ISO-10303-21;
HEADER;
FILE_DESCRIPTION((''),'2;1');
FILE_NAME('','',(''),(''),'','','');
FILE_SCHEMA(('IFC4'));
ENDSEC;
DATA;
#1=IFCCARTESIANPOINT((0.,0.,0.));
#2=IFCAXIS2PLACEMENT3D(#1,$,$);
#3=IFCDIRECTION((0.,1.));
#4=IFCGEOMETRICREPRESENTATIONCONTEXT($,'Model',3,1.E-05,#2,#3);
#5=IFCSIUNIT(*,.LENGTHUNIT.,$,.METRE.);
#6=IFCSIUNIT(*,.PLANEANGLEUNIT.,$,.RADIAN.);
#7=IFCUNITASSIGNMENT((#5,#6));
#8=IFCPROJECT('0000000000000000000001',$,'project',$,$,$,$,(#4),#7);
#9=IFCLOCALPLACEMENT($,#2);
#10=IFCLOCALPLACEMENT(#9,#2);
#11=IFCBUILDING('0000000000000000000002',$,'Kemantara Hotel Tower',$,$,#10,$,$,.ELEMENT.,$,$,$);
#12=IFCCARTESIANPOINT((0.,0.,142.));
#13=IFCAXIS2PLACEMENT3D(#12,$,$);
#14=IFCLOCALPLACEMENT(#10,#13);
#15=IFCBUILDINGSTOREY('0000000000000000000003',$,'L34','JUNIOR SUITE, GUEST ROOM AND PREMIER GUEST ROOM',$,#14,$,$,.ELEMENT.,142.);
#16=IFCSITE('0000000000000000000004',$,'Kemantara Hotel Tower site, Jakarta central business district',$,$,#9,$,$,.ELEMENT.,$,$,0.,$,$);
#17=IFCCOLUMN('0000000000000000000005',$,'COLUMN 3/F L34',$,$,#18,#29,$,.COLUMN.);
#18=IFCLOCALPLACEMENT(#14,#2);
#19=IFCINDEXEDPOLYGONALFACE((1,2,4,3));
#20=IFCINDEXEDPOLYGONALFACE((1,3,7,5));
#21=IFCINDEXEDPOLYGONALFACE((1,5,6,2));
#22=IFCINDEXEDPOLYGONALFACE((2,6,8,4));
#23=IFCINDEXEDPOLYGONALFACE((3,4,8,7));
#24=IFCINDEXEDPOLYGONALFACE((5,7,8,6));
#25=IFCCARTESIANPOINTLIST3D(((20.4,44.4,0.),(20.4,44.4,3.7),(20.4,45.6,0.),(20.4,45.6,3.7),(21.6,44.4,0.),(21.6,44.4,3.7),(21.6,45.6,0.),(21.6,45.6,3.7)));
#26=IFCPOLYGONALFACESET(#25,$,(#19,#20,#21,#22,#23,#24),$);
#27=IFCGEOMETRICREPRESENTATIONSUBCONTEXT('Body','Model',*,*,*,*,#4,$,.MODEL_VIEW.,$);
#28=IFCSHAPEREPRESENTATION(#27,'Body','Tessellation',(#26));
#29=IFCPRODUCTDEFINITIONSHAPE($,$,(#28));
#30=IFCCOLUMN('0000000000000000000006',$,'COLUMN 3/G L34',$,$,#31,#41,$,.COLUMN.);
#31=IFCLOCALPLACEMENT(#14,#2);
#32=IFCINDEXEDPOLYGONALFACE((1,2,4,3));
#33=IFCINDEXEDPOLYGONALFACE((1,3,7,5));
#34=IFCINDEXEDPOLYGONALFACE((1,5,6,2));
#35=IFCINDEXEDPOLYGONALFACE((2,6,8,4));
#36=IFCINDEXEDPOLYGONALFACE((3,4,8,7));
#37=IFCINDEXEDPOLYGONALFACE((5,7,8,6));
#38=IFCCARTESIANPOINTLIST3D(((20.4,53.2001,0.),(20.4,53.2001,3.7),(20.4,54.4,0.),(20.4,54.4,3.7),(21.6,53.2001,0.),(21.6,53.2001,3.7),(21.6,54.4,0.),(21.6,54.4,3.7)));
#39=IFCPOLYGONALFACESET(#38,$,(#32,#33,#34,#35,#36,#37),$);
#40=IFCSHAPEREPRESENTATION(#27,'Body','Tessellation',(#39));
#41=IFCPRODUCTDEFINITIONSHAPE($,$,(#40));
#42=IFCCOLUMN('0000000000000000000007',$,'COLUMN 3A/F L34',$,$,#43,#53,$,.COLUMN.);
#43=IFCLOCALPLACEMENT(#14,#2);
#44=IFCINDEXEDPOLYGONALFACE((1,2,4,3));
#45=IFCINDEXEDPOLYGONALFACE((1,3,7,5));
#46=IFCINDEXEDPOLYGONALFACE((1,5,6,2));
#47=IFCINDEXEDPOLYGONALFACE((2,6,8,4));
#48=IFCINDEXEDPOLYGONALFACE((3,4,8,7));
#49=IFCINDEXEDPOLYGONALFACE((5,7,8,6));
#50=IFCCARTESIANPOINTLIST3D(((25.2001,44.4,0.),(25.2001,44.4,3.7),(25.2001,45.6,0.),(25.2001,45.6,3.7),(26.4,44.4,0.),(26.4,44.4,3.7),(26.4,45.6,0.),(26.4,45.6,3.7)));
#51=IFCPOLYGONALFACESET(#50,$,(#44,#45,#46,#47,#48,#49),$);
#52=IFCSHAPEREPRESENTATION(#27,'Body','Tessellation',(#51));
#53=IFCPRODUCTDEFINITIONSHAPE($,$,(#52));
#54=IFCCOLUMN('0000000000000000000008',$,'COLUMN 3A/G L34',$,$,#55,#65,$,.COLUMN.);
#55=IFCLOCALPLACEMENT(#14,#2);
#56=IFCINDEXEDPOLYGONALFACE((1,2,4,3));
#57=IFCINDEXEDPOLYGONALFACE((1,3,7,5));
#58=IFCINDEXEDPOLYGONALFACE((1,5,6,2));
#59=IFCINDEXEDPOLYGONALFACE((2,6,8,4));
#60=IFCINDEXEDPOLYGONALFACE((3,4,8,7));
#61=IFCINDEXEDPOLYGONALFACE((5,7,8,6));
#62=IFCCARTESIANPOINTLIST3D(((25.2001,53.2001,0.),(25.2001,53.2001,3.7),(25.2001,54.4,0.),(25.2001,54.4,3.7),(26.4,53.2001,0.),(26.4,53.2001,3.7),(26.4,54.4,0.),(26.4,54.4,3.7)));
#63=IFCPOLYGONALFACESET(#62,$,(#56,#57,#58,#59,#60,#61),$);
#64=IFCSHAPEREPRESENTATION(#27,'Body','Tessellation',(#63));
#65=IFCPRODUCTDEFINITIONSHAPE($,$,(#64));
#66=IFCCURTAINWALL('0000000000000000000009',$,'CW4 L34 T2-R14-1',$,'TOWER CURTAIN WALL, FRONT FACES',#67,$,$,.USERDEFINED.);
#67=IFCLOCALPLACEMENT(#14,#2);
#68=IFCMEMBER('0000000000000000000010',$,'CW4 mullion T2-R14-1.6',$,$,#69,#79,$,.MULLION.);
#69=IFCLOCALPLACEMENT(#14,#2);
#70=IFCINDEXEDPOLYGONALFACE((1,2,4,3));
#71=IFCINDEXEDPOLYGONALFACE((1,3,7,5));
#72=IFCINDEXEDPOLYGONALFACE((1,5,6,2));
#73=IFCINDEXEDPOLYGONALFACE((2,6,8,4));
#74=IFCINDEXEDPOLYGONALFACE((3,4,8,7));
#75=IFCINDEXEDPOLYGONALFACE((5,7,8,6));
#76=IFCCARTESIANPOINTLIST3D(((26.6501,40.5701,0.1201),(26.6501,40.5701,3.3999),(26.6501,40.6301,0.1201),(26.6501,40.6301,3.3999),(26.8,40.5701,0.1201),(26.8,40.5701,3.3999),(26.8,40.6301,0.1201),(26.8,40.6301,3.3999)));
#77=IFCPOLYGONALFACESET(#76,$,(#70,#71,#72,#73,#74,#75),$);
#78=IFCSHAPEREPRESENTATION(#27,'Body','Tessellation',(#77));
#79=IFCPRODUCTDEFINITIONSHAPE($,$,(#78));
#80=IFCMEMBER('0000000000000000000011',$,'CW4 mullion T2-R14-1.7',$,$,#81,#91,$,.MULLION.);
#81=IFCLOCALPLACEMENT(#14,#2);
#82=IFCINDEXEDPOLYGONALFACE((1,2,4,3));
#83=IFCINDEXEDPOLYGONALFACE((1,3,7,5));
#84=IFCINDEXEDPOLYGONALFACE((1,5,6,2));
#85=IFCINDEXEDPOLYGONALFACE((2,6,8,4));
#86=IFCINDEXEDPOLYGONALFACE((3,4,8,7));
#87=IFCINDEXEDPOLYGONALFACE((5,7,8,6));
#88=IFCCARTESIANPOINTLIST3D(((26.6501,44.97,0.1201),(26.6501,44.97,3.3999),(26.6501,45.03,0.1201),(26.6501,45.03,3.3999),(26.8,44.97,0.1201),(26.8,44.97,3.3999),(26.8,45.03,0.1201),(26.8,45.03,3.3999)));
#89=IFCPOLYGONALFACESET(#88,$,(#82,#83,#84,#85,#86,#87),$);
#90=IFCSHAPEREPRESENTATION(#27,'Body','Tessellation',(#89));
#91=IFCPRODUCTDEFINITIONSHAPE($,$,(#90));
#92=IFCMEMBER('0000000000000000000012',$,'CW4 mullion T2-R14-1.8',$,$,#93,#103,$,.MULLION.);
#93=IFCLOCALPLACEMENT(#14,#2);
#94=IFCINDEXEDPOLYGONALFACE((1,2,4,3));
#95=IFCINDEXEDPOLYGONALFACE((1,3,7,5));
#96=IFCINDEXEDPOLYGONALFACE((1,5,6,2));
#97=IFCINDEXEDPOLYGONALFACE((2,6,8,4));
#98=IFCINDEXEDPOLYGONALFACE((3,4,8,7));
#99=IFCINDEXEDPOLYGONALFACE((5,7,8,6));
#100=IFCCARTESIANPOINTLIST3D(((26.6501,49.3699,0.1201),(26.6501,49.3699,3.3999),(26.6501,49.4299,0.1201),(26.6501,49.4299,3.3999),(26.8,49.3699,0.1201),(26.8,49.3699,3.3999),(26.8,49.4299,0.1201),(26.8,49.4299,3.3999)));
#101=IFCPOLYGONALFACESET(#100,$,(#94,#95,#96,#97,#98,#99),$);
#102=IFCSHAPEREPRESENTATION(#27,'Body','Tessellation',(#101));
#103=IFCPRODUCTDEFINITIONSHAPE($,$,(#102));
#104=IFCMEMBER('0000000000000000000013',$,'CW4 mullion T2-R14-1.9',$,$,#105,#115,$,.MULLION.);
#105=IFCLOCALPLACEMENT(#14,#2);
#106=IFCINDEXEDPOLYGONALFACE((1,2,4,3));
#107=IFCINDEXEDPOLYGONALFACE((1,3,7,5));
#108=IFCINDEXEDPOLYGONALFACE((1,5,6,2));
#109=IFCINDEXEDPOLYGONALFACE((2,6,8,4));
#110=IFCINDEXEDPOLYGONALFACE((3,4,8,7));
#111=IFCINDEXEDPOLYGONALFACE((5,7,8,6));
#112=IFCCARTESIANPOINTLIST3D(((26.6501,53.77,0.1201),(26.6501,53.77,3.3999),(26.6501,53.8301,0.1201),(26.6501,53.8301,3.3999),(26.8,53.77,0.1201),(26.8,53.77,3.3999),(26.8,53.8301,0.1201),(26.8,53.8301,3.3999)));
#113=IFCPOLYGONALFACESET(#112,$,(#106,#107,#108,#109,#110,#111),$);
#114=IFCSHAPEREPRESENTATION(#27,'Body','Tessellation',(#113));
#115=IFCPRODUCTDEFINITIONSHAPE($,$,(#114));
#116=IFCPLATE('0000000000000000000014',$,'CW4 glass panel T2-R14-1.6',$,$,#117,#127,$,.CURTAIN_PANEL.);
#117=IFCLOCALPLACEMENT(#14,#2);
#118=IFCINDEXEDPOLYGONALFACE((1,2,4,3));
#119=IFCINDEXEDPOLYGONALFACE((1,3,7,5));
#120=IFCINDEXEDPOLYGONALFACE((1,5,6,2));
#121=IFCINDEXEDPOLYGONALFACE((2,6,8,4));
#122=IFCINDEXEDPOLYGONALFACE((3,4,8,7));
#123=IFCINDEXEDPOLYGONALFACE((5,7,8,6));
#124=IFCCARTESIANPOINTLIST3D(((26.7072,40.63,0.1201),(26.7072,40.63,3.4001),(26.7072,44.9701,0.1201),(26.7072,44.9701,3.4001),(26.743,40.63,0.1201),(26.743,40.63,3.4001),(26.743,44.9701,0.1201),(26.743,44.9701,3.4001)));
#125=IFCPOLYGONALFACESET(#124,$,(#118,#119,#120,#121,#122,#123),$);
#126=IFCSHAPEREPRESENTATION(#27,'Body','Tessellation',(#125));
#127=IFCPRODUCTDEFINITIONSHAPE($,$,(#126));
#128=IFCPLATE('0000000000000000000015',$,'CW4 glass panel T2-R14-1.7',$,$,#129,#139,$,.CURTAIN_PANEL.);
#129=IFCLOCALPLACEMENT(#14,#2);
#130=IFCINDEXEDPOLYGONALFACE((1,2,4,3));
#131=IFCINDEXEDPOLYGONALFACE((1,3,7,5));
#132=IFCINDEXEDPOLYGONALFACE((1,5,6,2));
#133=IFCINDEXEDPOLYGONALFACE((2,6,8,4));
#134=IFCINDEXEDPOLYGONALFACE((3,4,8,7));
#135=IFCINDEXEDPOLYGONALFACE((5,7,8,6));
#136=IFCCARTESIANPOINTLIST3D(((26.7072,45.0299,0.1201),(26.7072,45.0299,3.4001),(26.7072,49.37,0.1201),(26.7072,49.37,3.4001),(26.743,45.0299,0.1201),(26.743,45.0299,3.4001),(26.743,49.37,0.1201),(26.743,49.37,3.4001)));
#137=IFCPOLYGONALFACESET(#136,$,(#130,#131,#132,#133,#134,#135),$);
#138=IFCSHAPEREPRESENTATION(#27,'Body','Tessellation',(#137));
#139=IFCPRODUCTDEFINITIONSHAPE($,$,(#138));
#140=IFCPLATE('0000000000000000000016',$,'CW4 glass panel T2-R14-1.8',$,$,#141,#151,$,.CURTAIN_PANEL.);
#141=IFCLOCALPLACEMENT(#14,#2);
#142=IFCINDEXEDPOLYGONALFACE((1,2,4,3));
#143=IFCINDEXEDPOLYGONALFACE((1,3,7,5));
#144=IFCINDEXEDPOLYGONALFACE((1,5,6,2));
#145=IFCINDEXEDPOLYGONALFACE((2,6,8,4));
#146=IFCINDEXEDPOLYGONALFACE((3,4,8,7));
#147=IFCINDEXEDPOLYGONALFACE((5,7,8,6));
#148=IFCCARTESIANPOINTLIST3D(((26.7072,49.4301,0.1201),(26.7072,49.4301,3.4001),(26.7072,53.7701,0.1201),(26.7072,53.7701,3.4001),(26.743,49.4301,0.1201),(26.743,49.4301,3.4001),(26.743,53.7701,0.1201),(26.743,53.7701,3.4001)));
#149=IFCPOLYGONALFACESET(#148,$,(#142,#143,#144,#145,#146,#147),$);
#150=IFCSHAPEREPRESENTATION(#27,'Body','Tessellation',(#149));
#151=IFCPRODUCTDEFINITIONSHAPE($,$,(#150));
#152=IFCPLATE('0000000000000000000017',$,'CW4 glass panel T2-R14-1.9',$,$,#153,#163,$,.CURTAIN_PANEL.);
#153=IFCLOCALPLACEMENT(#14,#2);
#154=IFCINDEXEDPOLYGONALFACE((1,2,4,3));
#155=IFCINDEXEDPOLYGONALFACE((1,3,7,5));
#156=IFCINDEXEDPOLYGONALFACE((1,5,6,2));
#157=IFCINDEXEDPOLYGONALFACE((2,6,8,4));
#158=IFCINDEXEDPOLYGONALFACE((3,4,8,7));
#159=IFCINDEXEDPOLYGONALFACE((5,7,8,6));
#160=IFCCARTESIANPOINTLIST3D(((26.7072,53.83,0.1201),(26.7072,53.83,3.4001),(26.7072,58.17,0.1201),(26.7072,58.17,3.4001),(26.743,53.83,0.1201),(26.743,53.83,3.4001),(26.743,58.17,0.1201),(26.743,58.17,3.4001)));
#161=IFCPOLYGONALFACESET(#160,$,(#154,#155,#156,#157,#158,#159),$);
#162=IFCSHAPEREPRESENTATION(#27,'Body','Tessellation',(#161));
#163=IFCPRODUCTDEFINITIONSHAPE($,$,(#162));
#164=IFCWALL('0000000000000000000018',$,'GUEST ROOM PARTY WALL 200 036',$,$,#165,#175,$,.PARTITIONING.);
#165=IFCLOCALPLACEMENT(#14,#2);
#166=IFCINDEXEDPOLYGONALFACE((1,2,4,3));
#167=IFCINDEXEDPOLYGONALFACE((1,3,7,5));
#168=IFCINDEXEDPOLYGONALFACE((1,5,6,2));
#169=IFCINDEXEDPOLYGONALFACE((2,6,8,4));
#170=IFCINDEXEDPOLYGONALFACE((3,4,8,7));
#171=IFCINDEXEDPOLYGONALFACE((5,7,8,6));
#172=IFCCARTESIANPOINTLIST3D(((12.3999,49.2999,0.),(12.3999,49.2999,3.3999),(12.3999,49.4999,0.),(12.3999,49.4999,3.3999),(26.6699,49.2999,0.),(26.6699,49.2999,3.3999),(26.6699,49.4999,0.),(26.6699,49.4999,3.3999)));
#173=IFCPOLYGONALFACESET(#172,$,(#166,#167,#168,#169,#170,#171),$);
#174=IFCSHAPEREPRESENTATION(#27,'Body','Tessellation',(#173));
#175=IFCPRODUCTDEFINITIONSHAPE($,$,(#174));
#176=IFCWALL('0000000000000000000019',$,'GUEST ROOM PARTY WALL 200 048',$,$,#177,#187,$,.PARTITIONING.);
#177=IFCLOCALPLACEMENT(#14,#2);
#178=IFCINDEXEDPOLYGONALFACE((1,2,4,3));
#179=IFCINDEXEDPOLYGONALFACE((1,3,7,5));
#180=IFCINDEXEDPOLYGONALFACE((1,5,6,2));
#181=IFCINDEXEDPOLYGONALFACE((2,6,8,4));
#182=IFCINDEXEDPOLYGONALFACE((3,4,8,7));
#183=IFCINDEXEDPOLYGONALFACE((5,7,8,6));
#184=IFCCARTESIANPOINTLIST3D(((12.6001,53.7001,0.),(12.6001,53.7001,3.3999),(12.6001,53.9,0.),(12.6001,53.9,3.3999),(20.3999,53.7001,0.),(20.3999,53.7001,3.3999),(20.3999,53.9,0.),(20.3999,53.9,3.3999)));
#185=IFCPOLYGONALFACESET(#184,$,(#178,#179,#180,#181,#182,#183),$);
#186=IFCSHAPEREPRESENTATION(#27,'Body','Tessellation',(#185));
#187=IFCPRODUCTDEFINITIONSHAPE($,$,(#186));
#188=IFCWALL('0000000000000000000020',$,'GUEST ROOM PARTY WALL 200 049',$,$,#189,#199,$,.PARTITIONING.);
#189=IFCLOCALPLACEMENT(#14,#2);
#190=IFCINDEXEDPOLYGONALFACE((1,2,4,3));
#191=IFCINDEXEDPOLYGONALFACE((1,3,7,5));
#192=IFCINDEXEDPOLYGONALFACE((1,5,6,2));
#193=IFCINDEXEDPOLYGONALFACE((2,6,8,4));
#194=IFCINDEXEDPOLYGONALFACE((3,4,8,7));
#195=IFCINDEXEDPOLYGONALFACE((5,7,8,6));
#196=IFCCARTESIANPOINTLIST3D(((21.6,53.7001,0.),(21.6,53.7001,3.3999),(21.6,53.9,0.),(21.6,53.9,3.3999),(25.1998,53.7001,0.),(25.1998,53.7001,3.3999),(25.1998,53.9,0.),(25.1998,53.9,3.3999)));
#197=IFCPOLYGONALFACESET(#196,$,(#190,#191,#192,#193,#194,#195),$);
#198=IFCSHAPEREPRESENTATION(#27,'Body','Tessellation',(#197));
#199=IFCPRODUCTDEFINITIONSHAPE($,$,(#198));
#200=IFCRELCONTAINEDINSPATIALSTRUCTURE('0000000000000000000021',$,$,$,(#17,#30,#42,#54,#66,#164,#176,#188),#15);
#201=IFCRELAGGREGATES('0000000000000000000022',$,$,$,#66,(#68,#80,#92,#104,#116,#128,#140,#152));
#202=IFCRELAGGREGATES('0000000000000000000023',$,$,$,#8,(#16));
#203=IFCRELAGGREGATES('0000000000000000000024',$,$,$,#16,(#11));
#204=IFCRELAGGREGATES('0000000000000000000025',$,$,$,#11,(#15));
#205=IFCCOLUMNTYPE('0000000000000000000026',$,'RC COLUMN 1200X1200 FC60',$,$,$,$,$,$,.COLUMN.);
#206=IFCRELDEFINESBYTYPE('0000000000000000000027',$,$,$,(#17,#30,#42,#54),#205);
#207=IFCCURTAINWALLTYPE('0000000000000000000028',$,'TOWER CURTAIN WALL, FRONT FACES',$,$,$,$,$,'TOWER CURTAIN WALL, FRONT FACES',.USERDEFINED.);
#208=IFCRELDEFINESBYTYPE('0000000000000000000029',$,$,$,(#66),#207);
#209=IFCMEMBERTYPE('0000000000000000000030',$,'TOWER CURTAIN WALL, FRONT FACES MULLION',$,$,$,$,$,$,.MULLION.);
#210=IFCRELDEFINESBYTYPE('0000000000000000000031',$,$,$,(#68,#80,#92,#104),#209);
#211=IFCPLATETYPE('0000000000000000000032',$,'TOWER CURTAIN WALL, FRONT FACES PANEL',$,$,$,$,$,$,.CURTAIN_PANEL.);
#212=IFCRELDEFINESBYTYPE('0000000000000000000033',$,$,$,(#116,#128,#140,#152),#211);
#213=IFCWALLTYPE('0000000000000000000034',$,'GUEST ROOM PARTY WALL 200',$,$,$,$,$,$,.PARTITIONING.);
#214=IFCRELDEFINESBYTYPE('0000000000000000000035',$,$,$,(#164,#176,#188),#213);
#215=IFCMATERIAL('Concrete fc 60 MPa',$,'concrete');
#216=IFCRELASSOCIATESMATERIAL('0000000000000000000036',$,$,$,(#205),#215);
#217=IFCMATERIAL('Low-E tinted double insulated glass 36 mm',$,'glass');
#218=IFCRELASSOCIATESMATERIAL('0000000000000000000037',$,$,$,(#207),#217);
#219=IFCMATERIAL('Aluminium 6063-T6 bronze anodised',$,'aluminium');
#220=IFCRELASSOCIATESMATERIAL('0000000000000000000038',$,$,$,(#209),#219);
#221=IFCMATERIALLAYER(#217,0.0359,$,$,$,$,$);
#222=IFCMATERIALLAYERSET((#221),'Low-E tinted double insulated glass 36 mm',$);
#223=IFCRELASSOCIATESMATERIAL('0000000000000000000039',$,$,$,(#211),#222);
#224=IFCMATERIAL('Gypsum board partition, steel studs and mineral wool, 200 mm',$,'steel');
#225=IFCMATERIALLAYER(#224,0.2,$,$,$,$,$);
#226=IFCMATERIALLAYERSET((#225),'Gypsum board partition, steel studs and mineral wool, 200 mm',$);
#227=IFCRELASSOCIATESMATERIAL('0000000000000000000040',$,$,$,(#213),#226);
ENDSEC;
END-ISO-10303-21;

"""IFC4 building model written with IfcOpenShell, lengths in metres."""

from ifc_helpers import new_model, si_unit, direction, frame, frame_2d, origin, origin_2d, place, context, subcontext, project, spatial, rectangle, extrude, source, transform, mapped, material, layer, layer_set, material_profile, profile_set, type_object, element, aggregate, save


model = new_model("IFC4")

# Units and contexts
model_context = context("Model", 3, precision=1e-05, world=origin(), true_north=direction((0.0, 1.0)))
body_context = subcontext(model_context, "Body", "Model", "MODEL_VIEW")
ifc_project = project(units=[si_unit("LENGTHUNIT", "METRE"), si_unit("PLANEANGLEUNIT", "RADIAN")], contexts=[model_context])

# Site, building, storey
site_placement = place(None, origin())
site = spatial("IfcSite", under=ifc_project, at=site_placement, Name="Kemantara Hotel Tower site, Jakarta central business district", CompositionType="ELEMENT", RefElevation=0.0)
building_placement = place(site_placement, origin())
building = spatial("IfcBuilding", under=site, at=building_placement, Name="Kemantara Hotel Tower", CompositionType="ELEMENT")
storey_placement = place(building_placement, frame((0.0, 0.0, 142.0)))
storey = spatial("IfcBuildingStorey", under=building, at=storey_placement, Name="L34", Description="JUNIOR SUITE, GUEST ROOM AND PREMIER GUEST ROOM", CompositionType="ELEMENT", Elevation=142.0)

# Columns
ifc_material_1 = material(Name="Concrete fc 60 MPa", Category="concrete")
ifc_material_profile_1 = material_profile(ifc_material_1, rectangle(XDim=1.2, YDim=1.2, at=origin_2d()), Name="RC 1200X1200")
ifc_profile_set_1 = profile_set([ifc_material_profile_1], Name="Concrete fc 60 MPa")
column_type = type_object("IfcColumnType", Name="RC COLUMN 1200X1200 FC60", PredefinedType="COLUMN", material=ifc_profile_set_1)
for number, where, z_axis, x_axis, name in (
    (1, (21.0, 45.0, 0.0), (0.0, 0.0, 1.0), (1.0, 0.0, 0.0), "COLUMN 3/F L34"),
    (2, (21.0, 53.8, 0.0), (0.0, 0.0, 1.0), (1.0, 0.0, 0.0), "COLUMN 3/G L34"),
    (3, (25.8, 45.0, 0.0), (0.0, 0.0, 1.0), (1.0, 0.0, 0.0), "COLUMN 3A/F L34"),
    (4, (25.8, 53.8, 0.0), (0.0, 0.0, 1.0), (1.0, 0.0, 0.0), "COLUMN 3A/G L34"),
):
    element("IfcColumn", number, at=place(storey_placement, frame(where, z_axis=z_axis, x_axis=x_axis)), inside=storey, type_object=column_type, Name=name, PredefinedType="COLUMN", context=body_context, shape_type="SweptSolid", body=[
        extrude(rectangle(XDim=1.2, YDim=1.2, at=origin_2d()), origin(), (0.0, 0.0, 1.0), 3.7),
    ])

# Curtain wall, members, plates
ifc_material_2 = material(Name="Low-E tinted double insulated glass 36 mm", Category="glass")
curtain_wall_type = type_object("IfcCurtainWallType", Name="TOWER CURTAIN WALL, FRONT FACES", ElementType="TOWER CURTAIN WALL, FRONT FACES", PredefinedType="USERDEFINED", material=ifc_material_2)
curtain_wall_placement = place(storey_placement, origin())
curtain_wall = element("IfcCurtainWall", 5, at=curtain_wall_placement, inside=storey, type_object=curtain_wall_type, Name="CW4 L34 T2-R14-1", ObjectType="TOWER CURTAIN WALL, FRONT FACES", PredefinedType="USERDEFINED")
ifc_material_3 = material(Name="Aluminium 6063-T6 bronze anodised", Category="aluminium")
ifc_material_profile_2 = material_profile(ifc_material_3, rectangle(XDim=0.1499, YDim=0.0601, at=origin_2d()), Name="TOWER CURTAIN WALL, FRONT FACES MULLION")
ifc_profile_set_2 = profile_set([ifc_material_profile_2], Name="Aluminium 6063-T6 bronze anodised")
member_type = type_object("IfcMemberType", Name="TOWER CURTAIN WALL, FRONT FACES MULLION", PredefinedType="MULLION", material=ifc_profile_set_2)
shared_shape_1 = source(origin(), body_context, "Body", "SweptSolid", [
    extrude(rectangle(XDim=0.1499, YDim=0.0601, at=origin_2d()), origin(), (0.0, 0.0, 1.0), 3.2798),
])
member_1_placement = place(storey_placement, frame((26.7251, 40.6001, 0.1201), z_axis=(0.0, 0.0, 1.0), x_axis=(-1.0, 0.0, 0.0)))
member_1 = element("IfcMember", 6, at=member_1_placement, type_object=member_type, Name="CW4 mullion T2-R14-1.6", PredefinedType="MULLION", context=body_context, shape_type="MappedRepresentation", body=[
    mapped(shared_shape_1, transform((0.0, 0.0, 0.0))),
])
member_2_placement = place(storey_placement, frame((26.7251, 45.0, 0.1201), z_axis=(0.0, 0.0, 1.0), x_axis=(-1.0, 0.0, 0.0)))
member_2 = element("IfcMember", 7, at=member_2_placement, type_object=member_type, Name="CW4 mullion T2-R14-1.7", PredefinedType="MULLION", context=body_context, shape_type="MappedRepresentation", body=[
    mapped(shared_shape_1, transform((0.0, 0.0, 0.0))),
])
member_3_placement = place(storey_placement, frame((26.7251, 49.3999, 0.1201), z_axis=(0.0, 0.0, 1.0), x_axis=(-1.0, 0.0, 0.0)))
member_3 = element("IfcMember", 8, at=member_3_placement, type_object=member_type, Name="CW4 mullion T2-R14-1.8", PredefinedType="MULLION", context=body_context, shape_type="MappedRepresentation", body=[
    mapped(shared_shape_1, transform((0.0, 0.0, 0.0))),
])
member_4_placement = place(storey_placement, frame((26.7251, 53.8, 0.1201), z_axis=(0.0, 0.0, 1.0), x_axis=(-1.0, 0.0, 0.0)))
member_4 = element("IfcMember", 9, at=member_4_placement, type_object=member_type, Name="CW4 mullion T2-R14-1.9", PredefinedType="MULLION", context=body_context, shape_type="MappedRepresentation", body=[
    mapped(shared_shape_1, transform((0.0, 0.0, 0.0))),
])
ifc_layer_1 = layer(ifc_material_2, 0.0359)
ifc_layer_set_1 = layer_set([ifc_layer_1], Name="Low-E tinted double insulated glass 36 mm")
plate_type = type_object("IfcPlateType", Name="TOWER CURTAIN WALL, FRONT FACES PANEL", PredefinedType="CURTAIN_PANEL", material=ifc_layer_set_1)
shared_shape_2 = source(origin(), body_context, "Body", "SweptSolid", [
    extrude(rectangle(XDim=4.3401, YDim=0.0359, at=origin_2d()), origin(), (0.0, 0.0, 1.0), 3.28),
])
plate_1_placement = place(storey_placement, frame((26.7251, 42.8, 0.1201), z_axis=(0.0, 0.0, 1.0), x_axis=(0.0, 1.0, 0.0)))
plate_1 = element("IfcPlate", 10, at=plate_1_placement, type_object=plate_type, Name="CW4 glass panel T2-R14-1.6", PredefinedType="CURTAIN_PANEL", context=body_context, shape_type="MappedRepresentation", body=[
    mapped(shared_shape_2, transform((0.0, 0.0, 0.0))),
])
plate_2_placement = place(storey_placement, frame((26.7251, 47.2, 0.1201), z_axis=(0.0, 0.0, 1.0), x_axis=(0.0, 1.0, 0.0)))
plate_2 = element("IfcPlate", 11, at=plate_2_placement, type_object=plate_type, Name="CW4 glass panel T2-R14-1.7", PredefinedType="CURTAIN_PANEL", context=body_context, shape_type="MappedRepresentation", body=[
    mapped(shared_shape_2, transform((0.0, 0.0, 0.0))),
])
plate_3_placement = place(storey_placement, frame((26.7251, 51.6001, 0.1201), z_axis=(0.0, 0.0, 1.0), x_axis=(0.0, 1.0, 0.0)))
plate_3 = element("IfcPlate", 12, at=plate_3_placement, type_object=plate_type, Name="CW4 glass panel T2-R14-1.8", PredefinedType="CURTAIN_PANEL", context=body_context, shape_type="MappedRepresentation", body=[
    mapped(shared_shape_2, transform((0.0, 0.0, 0.0))),
])
plate_4_placement = place(storey_placement, frame((26.7251, 56.0, 0.1201), z_axis=(0.0, 0.0, 1.0), x_axis=(0.0, 1.0, 0.0)))
plate_4 = element("IfcPlate", 13, at=plate_4_placement, type_object=plate_type, Name="CW4 glass panel T2-R14-1.9", PredefinedType="CURTAIN_PANEL", context=body_context, shape_type="MappedRepresentation", body=[
    mapped(shared_shape_2, transform((0.0, 0.0, 0.0))),
])
aggregate(curtain_wall, [member_1, member_2, member_3, member_4, plate_1, plate_2, plate_3, plate_4])

# Walls
ifc_material_4 = material(Name="Gypsum board partition, steel studs and mineral wool, 200 mm", Category="steel")
ifc_layer_2 = layer(ifc_material_4, 0.2)
ifc_layer_set_2 = layer_set([ifc_layer_2], Name="Gypsum board partition, steel studs and mineral wool, 200 mm")
wall_type_1 = type_object("IfcWallType", Name="GUEST ROOM PARTY WALL 200", PredefinedType="PARTITIONING", material=ifc_layer_set_2)
wall_1_placement = place(storey_placement, frame((12.3999, 49.3999, 0.0), z_axis=(0.0, 0.0, 1.0), x_axis=(1.0, 0.0, 0.0)))
element("IfcWall", 14, at=wall_1_placement, inside=storey, type_object=wall_type_1, Name="GUEST ROOM PARTY WALL 200 036", PredefinedType="PARTITIONING", context=body_context, shape_type="SweptSolid", body=[
    extrude(rectangle(XDim=14.27, YDim=0.2, at=frame_2d((7.135, 0.0))), origin(), (0.0, 0.0, 1.0), 3.3999),
])
wall_2_placement = place(storey_placement, frame((12.6001, 53.8, 0.0), z_axis=(0.0, 0.0, 1.0), x_axis=(1.0, 0.0, 0.0)))
element("IfcWall", 15, at=wall_2_placement, inside=storey, type_object=wall_type_1, Name="GUEST ROOM PARTY WALL 200 048", PredefinedType="PARTITIONING", context=body_context, shape_type="SweptSolid", body=[
    extrude(rectangle(XDim=7.7998, YDim=0.2, at=frame_2d((3.8999, 0.0))), origin(), (0.0, 0.0, 1.0), 3.3999),
])
wall_3_placement = place(storey_placement, frame((21.6001, 53.8, 0.0), z_axis=(0.0, 0.0, 1.0), x_axis=(1.0, 0.0, 0.0)))
element("IfcWall", 16, at=wall_3_placement, inside=storey, type_object=wall_type_1, Name="GUEST ROOM PARTY WALL 200 049", PredefinedType="PARTITIONING", context=body_context, shape_type="SweptSolid", body=[
    extrude(rectangle(XDim=3.5999, YDim=0.2, at=frame_2d((1.7998, 0.0))), origin(), (0.0, 0.0, 1.0), 3.3999),
])

save(model, "model.ifc")
